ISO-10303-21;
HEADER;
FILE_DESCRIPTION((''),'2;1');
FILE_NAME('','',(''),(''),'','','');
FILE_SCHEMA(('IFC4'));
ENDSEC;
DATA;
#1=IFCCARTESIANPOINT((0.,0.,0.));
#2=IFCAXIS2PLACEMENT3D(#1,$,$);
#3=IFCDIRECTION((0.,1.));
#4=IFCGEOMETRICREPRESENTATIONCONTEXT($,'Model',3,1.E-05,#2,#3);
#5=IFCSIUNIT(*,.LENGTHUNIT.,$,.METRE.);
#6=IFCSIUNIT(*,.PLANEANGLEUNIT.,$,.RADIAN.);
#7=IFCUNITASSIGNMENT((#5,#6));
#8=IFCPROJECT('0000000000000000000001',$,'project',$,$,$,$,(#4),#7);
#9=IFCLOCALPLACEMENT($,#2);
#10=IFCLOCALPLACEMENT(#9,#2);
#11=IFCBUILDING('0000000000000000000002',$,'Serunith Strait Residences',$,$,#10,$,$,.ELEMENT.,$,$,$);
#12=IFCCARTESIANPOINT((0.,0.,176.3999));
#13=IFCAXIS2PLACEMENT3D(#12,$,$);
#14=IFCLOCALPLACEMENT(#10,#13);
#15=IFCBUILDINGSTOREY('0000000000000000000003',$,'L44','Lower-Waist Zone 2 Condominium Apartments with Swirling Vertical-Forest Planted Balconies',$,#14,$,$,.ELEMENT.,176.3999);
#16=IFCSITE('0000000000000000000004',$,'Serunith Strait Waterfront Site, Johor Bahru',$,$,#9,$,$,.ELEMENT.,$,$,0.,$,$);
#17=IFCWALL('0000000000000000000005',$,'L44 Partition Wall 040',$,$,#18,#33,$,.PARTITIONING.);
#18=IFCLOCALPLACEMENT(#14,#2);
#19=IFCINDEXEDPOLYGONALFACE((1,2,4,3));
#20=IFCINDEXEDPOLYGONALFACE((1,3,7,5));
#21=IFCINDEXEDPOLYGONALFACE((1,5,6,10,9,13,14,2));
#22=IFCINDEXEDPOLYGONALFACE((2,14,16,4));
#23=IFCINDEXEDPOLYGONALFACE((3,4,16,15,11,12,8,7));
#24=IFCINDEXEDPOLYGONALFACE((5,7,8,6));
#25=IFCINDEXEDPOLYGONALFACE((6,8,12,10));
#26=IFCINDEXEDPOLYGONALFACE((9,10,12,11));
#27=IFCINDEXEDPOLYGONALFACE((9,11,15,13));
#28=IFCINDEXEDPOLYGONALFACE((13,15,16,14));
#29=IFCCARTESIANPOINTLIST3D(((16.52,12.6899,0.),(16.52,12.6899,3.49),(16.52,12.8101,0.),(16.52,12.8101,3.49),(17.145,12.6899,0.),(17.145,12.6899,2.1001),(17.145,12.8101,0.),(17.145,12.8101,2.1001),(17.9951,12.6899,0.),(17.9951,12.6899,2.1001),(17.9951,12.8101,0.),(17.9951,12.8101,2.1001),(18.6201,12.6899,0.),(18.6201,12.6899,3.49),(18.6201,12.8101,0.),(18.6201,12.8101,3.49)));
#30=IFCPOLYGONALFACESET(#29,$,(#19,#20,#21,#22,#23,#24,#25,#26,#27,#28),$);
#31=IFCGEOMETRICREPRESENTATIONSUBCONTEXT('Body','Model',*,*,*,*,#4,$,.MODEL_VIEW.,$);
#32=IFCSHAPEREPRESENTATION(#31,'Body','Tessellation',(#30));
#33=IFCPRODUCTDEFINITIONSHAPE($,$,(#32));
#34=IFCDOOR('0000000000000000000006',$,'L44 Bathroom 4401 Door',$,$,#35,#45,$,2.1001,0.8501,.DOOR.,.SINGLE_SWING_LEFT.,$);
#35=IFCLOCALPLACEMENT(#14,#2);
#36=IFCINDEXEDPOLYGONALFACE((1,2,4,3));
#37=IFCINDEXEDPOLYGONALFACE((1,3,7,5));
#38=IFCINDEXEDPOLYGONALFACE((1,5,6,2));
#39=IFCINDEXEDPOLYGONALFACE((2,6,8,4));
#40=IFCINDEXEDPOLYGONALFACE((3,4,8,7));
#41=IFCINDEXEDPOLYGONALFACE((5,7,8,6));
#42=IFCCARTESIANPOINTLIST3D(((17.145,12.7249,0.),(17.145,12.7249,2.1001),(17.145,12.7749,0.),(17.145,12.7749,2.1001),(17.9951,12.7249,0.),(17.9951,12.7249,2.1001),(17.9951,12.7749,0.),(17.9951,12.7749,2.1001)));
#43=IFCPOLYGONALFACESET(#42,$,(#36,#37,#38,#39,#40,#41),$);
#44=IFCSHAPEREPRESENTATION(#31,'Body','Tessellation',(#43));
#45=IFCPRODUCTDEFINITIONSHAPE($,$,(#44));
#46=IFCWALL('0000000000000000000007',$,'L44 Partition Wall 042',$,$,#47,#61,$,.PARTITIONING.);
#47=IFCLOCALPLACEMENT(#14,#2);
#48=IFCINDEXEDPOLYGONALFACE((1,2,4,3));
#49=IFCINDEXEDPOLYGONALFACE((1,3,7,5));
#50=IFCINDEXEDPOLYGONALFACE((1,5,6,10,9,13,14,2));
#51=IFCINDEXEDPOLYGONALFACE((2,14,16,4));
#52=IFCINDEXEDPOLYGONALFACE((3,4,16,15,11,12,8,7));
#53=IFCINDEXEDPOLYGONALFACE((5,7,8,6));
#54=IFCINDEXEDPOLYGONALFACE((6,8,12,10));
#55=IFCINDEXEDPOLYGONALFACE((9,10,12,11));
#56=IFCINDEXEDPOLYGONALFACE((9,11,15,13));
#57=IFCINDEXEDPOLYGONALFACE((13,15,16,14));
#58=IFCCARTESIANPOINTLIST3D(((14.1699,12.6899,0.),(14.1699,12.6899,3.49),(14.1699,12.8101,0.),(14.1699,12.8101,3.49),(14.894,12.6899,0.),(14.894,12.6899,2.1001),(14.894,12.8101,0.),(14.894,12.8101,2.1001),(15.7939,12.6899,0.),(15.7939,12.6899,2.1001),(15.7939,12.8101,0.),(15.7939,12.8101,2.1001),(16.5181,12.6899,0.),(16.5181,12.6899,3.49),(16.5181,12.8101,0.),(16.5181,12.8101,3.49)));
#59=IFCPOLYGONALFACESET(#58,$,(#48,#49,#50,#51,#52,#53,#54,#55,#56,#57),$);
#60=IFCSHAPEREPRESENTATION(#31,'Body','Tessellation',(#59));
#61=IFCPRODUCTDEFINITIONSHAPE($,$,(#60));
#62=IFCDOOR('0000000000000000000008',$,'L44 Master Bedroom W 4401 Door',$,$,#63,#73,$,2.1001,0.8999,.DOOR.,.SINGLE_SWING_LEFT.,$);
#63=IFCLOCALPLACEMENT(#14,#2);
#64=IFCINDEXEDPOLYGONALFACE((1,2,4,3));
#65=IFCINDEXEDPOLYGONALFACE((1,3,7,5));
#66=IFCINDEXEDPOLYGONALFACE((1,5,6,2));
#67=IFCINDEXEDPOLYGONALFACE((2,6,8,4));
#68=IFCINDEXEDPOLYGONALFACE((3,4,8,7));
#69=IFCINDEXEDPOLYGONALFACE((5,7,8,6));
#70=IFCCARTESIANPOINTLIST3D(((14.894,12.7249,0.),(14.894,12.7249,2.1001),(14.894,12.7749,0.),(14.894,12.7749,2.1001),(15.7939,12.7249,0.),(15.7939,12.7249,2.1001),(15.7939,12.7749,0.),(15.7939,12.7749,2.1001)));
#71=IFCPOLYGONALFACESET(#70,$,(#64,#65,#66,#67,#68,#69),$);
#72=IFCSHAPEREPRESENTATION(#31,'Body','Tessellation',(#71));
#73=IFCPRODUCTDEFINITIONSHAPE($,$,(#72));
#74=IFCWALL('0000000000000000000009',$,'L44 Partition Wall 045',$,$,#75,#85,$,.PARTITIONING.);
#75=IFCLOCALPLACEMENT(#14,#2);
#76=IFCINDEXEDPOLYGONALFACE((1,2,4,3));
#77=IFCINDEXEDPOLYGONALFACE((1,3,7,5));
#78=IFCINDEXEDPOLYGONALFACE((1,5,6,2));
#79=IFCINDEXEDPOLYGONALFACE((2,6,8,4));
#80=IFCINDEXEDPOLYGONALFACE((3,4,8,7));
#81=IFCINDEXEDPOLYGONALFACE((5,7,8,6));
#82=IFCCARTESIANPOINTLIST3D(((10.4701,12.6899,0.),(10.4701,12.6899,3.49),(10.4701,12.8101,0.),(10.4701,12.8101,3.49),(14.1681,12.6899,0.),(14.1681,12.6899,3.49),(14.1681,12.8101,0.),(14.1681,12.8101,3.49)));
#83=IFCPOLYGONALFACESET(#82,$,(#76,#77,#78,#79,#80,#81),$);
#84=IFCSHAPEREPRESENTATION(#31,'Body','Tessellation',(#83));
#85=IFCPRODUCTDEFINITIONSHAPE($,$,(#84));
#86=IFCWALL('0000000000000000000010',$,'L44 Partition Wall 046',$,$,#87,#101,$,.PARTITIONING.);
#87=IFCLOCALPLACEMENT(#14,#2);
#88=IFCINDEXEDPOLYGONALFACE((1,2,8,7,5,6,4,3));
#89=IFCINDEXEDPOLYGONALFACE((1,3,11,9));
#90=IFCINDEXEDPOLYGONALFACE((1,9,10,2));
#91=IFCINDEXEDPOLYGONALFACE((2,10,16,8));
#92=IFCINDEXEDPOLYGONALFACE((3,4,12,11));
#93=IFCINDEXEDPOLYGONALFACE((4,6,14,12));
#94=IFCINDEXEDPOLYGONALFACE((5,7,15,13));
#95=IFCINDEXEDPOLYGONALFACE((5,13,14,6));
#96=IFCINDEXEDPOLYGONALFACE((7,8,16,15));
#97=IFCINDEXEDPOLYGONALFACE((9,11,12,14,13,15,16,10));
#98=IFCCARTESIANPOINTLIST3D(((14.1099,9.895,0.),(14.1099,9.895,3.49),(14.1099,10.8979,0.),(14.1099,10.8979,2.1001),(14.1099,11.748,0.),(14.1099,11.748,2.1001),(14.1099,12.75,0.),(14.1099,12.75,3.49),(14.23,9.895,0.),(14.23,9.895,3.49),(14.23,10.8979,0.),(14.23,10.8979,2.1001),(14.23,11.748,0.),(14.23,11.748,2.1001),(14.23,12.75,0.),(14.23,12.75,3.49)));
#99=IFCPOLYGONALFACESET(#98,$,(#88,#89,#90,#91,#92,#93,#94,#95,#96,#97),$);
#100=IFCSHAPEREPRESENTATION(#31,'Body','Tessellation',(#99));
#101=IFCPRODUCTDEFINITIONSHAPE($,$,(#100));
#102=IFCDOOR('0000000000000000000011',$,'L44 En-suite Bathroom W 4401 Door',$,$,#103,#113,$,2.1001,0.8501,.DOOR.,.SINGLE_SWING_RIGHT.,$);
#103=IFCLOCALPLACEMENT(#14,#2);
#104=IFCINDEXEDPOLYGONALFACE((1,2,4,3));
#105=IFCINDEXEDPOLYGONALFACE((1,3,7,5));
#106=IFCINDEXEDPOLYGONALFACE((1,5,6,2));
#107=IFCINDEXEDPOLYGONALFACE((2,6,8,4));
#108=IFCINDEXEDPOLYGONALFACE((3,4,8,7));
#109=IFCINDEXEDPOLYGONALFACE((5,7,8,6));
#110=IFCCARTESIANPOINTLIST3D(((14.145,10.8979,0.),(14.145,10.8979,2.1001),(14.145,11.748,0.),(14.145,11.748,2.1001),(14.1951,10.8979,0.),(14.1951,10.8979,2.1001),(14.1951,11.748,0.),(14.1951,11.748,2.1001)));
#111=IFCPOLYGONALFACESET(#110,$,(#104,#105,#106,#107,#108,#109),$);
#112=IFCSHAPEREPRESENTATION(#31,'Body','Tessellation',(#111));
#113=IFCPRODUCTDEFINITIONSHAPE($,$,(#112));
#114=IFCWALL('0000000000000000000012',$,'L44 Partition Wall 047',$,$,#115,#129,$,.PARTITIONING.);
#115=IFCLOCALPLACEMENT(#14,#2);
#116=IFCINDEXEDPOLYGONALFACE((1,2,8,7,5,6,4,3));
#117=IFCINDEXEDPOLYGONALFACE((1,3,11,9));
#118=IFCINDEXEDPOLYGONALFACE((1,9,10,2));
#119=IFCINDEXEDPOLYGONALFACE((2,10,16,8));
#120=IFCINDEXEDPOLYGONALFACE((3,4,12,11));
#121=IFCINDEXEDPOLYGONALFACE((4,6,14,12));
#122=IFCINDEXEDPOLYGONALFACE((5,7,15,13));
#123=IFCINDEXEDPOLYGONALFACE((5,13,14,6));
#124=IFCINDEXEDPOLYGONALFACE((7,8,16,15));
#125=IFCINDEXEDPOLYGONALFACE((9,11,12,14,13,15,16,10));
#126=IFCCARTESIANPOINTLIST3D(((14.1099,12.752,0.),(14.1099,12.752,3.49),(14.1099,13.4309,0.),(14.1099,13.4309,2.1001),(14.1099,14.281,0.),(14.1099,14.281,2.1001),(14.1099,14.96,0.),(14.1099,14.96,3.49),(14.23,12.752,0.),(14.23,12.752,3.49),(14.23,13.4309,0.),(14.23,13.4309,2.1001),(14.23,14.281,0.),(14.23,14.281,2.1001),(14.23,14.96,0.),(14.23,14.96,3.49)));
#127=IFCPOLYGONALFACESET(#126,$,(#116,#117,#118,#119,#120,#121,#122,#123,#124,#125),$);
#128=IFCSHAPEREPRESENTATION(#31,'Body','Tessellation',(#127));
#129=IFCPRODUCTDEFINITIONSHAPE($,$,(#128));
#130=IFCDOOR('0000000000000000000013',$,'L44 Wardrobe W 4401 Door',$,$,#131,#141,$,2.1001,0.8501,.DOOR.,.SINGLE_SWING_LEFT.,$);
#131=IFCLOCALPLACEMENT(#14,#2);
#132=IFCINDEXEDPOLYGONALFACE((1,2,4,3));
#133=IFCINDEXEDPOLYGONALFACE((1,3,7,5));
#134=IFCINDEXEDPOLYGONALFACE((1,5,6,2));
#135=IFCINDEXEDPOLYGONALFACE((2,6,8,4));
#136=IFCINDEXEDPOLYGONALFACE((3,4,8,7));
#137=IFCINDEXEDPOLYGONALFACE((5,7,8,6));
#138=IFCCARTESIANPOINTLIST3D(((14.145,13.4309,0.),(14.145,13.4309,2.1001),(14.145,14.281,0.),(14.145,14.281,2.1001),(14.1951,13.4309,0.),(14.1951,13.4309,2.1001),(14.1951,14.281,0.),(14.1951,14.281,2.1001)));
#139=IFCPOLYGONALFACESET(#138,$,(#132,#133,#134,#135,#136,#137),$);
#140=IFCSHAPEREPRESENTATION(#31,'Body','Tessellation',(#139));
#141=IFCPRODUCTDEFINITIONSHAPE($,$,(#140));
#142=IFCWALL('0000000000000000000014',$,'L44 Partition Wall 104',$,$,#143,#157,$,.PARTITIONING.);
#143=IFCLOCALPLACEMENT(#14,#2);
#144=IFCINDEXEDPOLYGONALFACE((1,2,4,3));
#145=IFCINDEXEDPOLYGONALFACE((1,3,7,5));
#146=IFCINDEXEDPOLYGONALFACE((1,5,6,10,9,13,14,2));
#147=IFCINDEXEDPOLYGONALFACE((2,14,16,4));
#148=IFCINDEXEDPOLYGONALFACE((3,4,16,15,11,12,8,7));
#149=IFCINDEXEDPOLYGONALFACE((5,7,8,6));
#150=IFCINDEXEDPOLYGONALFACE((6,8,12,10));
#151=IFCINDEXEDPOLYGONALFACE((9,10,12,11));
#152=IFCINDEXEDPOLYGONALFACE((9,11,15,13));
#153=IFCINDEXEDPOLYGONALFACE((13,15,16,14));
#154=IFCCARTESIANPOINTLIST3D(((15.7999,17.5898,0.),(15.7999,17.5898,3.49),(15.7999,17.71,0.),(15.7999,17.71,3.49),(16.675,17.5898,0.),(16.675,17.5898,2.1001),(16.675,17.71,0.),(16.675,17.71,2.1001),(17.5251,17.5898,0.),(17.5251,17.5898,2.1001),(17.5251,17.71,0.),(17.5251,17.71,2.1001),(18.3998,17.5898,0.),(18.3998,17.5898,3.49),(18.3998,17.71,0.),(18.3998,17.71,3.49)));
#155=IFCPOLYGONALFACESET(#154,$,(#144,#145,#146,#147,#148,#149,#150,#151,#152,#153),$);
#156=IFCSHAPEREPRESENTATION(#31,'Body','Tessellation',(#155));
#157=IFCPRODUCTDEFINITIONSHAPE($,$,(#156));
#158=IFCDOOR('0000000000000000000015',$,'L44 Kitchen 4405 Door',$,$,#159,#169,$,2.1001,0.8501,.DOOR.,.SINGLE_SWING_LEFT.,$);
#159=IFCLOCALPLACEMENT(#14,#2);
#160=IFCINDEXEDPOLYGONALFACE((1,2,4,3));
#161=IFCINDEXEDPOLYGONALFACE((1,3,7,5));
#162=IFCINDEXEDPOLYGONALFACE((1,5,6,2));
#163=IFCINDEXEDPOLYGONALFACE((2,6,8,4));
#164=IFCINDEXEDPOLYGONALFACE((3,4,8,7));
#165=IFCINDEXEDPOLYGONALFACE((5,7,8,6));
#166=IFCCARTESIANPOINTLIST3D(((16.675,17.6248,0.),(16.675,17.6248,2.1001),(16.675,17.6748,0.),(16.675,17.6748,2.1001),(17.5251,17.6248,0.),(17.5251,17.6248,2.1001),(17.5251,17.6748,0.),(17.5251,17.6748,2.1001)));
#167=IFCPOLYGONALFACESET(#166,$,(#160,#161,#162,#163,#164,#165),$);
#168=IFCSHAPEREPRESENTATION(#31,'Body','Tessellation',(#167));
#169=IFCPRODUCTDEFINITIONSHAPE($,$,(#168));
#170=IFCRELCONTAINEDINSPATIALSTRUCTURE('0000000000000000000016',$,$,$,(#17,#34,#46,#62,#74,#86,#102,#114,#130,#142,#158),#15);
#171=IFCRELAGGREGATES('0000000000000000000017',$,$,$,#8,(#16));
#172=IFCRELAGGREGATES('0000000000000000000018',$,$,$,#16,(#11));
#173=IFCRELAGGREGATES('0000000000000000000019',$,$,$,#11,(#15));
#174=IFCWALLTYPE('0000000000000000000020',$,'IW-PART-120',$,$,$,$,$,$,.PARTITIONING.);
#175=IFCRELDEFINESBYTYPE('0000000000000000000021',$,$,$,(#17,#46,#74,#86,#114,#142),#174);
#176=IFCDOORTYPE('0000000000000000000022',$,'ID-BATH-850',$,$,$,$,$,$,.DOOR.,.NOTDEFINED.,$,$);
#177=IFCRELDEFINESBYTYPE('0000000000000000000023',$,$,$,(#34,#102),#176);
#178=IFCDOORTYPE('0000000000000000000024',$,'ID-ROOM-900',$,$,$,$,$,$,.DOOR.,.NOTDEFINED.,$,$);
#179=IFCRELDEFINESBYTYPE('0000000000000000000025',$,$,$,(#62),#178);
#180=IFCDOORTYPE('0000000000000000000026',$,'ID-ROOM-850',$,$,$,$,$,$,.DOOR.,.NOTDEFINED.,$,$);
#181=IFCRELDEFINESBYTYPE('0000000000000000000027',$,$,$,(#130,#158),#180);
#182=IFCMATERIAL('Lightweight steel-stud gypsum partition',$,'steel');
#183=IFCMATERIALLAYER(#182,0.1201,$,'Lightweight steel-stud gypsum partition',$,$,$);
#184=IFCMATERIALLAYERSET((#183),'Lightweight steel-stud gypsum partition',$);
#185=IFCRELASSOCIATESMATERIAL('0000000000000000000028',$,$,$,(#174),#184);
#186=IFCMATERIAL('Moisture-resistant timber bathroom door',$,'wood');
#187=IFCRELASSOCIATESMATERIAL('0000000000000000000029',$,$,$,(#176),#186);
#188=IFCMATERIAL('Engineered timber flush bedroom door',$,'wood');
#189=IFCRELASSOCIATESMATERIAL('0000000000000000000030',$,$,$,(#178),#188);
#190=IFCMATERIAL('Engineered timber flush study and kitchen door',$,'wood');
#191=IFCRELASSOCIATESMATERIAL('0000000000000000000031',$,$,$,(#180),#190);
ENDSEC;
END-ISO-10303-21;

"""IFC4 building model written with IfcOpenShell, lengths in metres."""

from ifc_helpers import new_model, si_unit, direction, frame, frame_2d, origin, place, context, subcontext, project, spatial, rectangle, extrude, source, transform, mapped, material, layer, layer_set, type_object, element, fill, save


model = new_model("IFC4")

# Units and contexts
model_context = context("Model", 3, precision=1e-05, world=origin(), true_north=direction((0.0, 1.0)))
body_context = subcontext(model_context, "Body", "Model", "MODEL_VIEW")
ifc_project = project(units=[si_unit("LENGTHUNIT", "METRE"), si_unit("PLANEANGLEUNIT", "RADIAN")], contexts=[model_context])

# Site, building, storey
site_placement = place(None, origin())
site = spatial("IfcSite", under=ifc_project, at=site_placement, Name="Serunith Strait Waterfront Site, Johor Bahru", CompositionType="ELEMENT", RefElevation=0.0)
building_placement = place(site_placement, origin())
building = spatial("IfcBuilding", under=site, at=building_placement, Name="Serunith Strait Residences", CompositionType="ELEMENT")
storey_placement = place(building_placement, frame((0.0, 0.0, 176.3999)))
storey = spatial("IfcBuildingStorey", under=building, at=storey_placement, Name="L44", Description="Lower-Waist Zone 2 Condominium Apartments with Swirling Vertical-Forest Planted Balconies", CompositionType="ELEMENT", Elevation=176.3999)

# Walls, openings, doors
ifc_material_1 = material(Name="Lightweight steel-stud gypsum partition", Category="steel")
ifc_layer_1 = layer(ifc_material_1, 0.1201, Name="Lightweight steel-stud gypsum partition")
ifc_layer_set_1 = layer_set([ifc_layer_1], Name="Lightweight steel-stud gypsum partition")
wall_type_1 = type_object("IfcWallType", Name="IW-PART-120", PredefinedType="PARTITIONING", material=ifc_layer_set_1)
wall_1_placement = place(storey_placement, frame((16.52, 12.75, 0.0), z_axis=(0.0, 0.0, 1.0), x_axis=(1.0, 0.0, 0.0)))
wall_1 = element("IfcWall", 1, at=wall_1_placement, inside=storey, type_object=wall_type_1, Name="L44 Partition Wall 040", PredefinedType="PARTITIONING", context=body_context, shape_type="SweptSolid", body=[
    extrude(rectangle(XDim=2.1001, YDim=0.1201, at=frame_2d((1.05, 0.0))), origin(), (0.0, 0.0, 1.0), 3.49),
])
opening_1_placement = place(wall_1_placement, frame((0.625, 0.0, 0.0)))
opening_1 = element("IfcOpeningElement", 2, at=opening_1_placement, cuts=wall_1, PredefinedType="OPENING", context=body_context, shape_type="SweptSolid", body=[
    extrude(rectangle(XDim=0.8501, YDim=2.1001, at=frame_2d((0.425, 1.05))), frame((0.0, 0.0701, 0.0), z_axis=(0.0, -1.0, 0.0), x_axis=(1.0, 0.0, 0.0)), (0.0, 0.0, 1.0), 0.1401),
])
ifc_material_2 = material(Name="Moisture-resistant timber bathroom door", Category="wood")
door_type_1 = type_object("IfcDoorType", Name="ID-BATH-850", OperationType="NOTDEFINED", PredefinedType="DOOR", material=ifc_material_2)
shared_shape_1 = source(origin(), body_context, "Body", "SweptSolid", [
    extrude(rectangle(XDim=0.8501, YDim=2.1001, at=frame_2d((0.425, 1.05))), frame((0.0, 0.0249, 0.0), z_axis=(0.0, -1.0, 0.0), x_axis=(1.0, 0.0, 0.0)), (0.0, 0.0, 1.0), 0.05),
])
door_1_placement = place(opening_1_placement, origin())
door_1 = element("IfcDoor", 3, at=door_1_placement, inside=storey, type_object=door_type_1, Name="L44 Bathroom 4401 Door", OperationType="SINGLE_SWING_LEFT", OverallHeight=2.1001, OverallWidth=0.8501, PredefinedType="DOOR", context=body_context, shape_type="MappedRepresentation", body=[
    mapped(shared_shape_1, transform((0.0, 0.0, 0.0), scale=1.0)),
])
fill(opening_1, door_1)
wall_2_placement = place(storey_placement, frame((14.1699, 12.75, 0.0), z_axis=(0.0, 0.0, 1.0), x_axis=(1.0, 0.0, 0.0)))
wall_2 = element("IfcWall", 4, at=wall_2_placement, inside=storey, type_object=wall_type_1, Name="L44 Partition Wall 042", PredefinedType="PARTITIONING", context=body_context, shape_type="SweptSolid", body=[
    extrude(rectangle(XDim=2.3481, YDim=0.1201, at=frame_2d((1.1741, 0.0))), origin(), (0.0, 0.0, 1.0), 3.49),
])
opening_2_placement = place(wall_2_placement, frame((0.7241, 0.0, 0.0)))
opening_2 = element("IfcOpeningElement", 5, at=opening_2_placement, cuts=wall_2, PredefinedType="OPENING", context=body_context, shape_type="SweptSolid", body=[
    extrude(rectangle(XDim=0.8999, YDim=2.1001, at=frame_2d((0.45, 1.05))), frame((0.0, 0.0701, 0.0), z_axis=(0.0, -1.0, 0.0), x_axis=(1.0, 0.0, 0.0)), (0.0, 0.0, 1.0), 0.1401),
])
ifc_material_3 = material(Name="Engineered timber flush bedroom door", Category="wood")
door_type_2 = type_object("IfcDoorType", Name="ID-ROOM-900", OperationType="NOTDEFINED", PredefinedType="DOOR", material=ifc_material_3)
shared_shape_2 = source(origin(), body_context, "Body", "SweptSolid", [
    extrude(rectangle(XDim=0.8999, YDim=2.1001, at=frame_2d((0.45, 1.05))), frame((0.0, 0.0249, 0.0), z_axis=(0.0, -1.0, 0.0), x_axis=(1.0, 0.0, 0.0)), (0.0, 0.0, 1.0), 0.05),
])
door_2_placement = place(opening_2_placement, origin())
door_2 = element("IfcDoor", 6, at=door_2_placement, inside=storey, type_object=door_type_2, Name="L44 Master Bedroom W 4401 Door", OperationType="SINGLE_SWING_LEFT", OverallHeight=2.1001, OverallWidth=0.8999, PredefinedType="DOOR", context=body_context, shape_type="MappedRepresentation", body=[
    mapped(shared_shape_2, transform((0.0, 0.0, 0.0), scale=1.0)),
])
fill(opening_2, door_2)

# Wall
wall_3_placement = place(storey_placement, frame((10.47, 12.75, 0.0), z_axis=(0.0, 0.0, 1.0), x_axis=(1.0, 0.0, 0.0)))
element("IfcWall", 7, at=wall_3_placement, inside=storey, type_object=wall_type_1, Name="L44 Partition Wall 045", PredefinedType="PARTITIONING", context=body_context, shape_type="SweptSolid", body=[
    extrude(rectangle(XDim=3.698, YDim=0.1201, at=frame_2d((1.8491, 0.0))), origin(), (0.0, 0.0, 1.0), 3.49),
])

# Walls, openings, doors
wall_4_placement = place(storey_placement, frame((14.1699, 9.895, 0.0), z_axis=(0.0, 0.0, 1.0), x_axis=(0.0, 1.0, 0.0)))
wall_4 = element("IfcWall", 8, at=wall_4_placement, inside=storey, type_object=wall_type_1, Name="L44 Partition Wall 046", PredefinedType="PARTITIONING", context=body_context, shape_type="SweptSolid", body=[
    extrude(rectangle(XDim=2.855, YDim=0.1201, at=frame_2d((1.4275, 0.0))), origin(), (0.0, 0.0, 1.0), 3.49),
])
opening_3_placement = place(wall_4_placement, frame((1.0029, 0.0, 0.0)))
opening_3 = element("IfcOpeningElement", 9, at=opening_3_placement, cuts=wall_4, PredefinedType="OPENING", context=body_context, shape_type="SweptSolid", body=[
    extrude(rectangle(XDim=0.8501, YDim=2.1001, at=frame_2d((0.425, 1.05))), frame((0.0, 0.0701, 0.0), z_axis=(0.0, -1.0, 0.0), x_axis=(1.0, 0.0, 0.0)), (0.0, 0.0, 1.0), 0.1401),
])
door_3_placement = place(opening_3_placement, origin())
door_3 = element("IfcDoor", 10, at=door_3_placement, inside=storey, type_object=door_type_1, Name="L44 En-suite Bathroom W 4401 Door", OperationType="SINGLE_SWING_RIGHT", OverallHeight=2.1001, OverallWidth=0.8501, PredefinedType="DOOR", context=body_context, shape_type="MappedRepresentation", body=[
    mapped(shared_shape_1, transform((0.0, 0.0, 0.0), scale=1.0)),
])
fill(opening_3, door_3)
wall_5_placement = place(storey_placement, frame((14.1699, 12.752, 0.0), z_axis=(0.0, 0.0, 1.0), x_axis=(0.0, 1.0, 0.0)))
wall_5 = element("IfcWall", 11, at=wall_5_placement, inside=storey, type_object=wall_type_1, Name="L44 Partition Wall 047", PredefinedType="PARTITIONING", context=body_context, shape_type="SweptSolid", body=[
    extrude(rectangle(XDim=2.208, YDim=0.1201, at=frame_2d((1.104, 0.0))), origin(), (0.0, 0.0, 1.0), 3.49),
])
opening_4_placement = place(wall_5_placement, frame((0.679, 0.0, 0.0)))
opening_4 = element("IfcOpeningElement", 12, at=opening_4_placement, cuts=wall_5, PredefinedType="OPENING", context=body_context, shape_type="SweptSolid", body=[
    extrude(rectangle(XDim=0.8501, YDim=2.1001, at=frame_2d((0.425, 1.05))), frame((0.0, 0.0701, 0.0), z_axis=(0.0, -1.0, 0.0), x_axis=(1.0, 0.0, 0.0)), (0.0, 0.0, 1.0), 0.1401),
])
ifc_material_4 = material(Name="Engineered timber flush study and kitchen door", Category="wood")
door_type_3 = type_object("IfcDoorType", Name="ID-ROOM-850", OperationType="NOTDEFINED", PredefinedType="DOOR", material=ifc_material_4)
door_4_placement = place(opening_4_placement, origin())
door_4 = element("IfcDoor", 13, at=door_4_placement, inside=storey, type_object=door_type_3, Name="L44 Wardrobe W 4401 Door", OperationType="SINGLE_SWING_LEFT", OverallHeight=2.1001, OverallWidth=0.8501, PredefinedType="DOOR", context=body_context, shape_type="MappedRepresentation", body=[
    mapped(shared_shape_1, transform((0.0, 0.0, 0.0), scale=1.0)),
])
fill(opening_4, door_4)
wall_6_placement = place(storey_placement, frame((15.8, 17.6499, 0.0), z_axis=(0.0, 0.0, 1.0), x_axis=(1.0, 0.0, 0.0)))
wall_6 = element("IfcWall", 14, at=wall_6_placement, inside=storey, type_object=wall_type_1, Name="L44 Partition Wall 104", PredefinedType="PARTITIONING", context=body_context, shape_type="SweptSolid", body=[
    extrude(rectangle(XDim=2.5999, YDim=0.1201, at=frame_2d((1.2998, 0.0))), origin(), (0.0, 0.0, 1.0), 3.49),
])
opening_5_placement = place(wall_6_placement, frame((0.875, 0.0, 0.0)))
opening_5 = element("IfcOpeningElement", 15, at=opening_5_placement, cuts=wall_6, PredefinedType="OPENING", context=body_context, shape_type="SweptSolid", body=[
    extrude(rectangle(XDim=0.8501, YDim=2.1001, at=frame_2d((0.425, 1.05))), frame((0.0, 0.0701, 0.0), z_axis=(0.0, -1.0, 0.0), x_axis=(1.0, 0.0, 0.0)), (0.0, 0.0, 1.0), 0.1401),
])
door_5_placement = place(opening_5_placement, origin())
door_5 = element("IfcDoor", 16, at=door_5_placement, inside=storey, type_object=door_type_3, Name="L44 Kitchen 4405 Door", OperationType="SINGLE_SWING_LEFT", OverallHeight=2.1001, OverallWidth=0.8501, PredefinedType="DOOR", context=body_context, shape_type="MappedRepresentation", body=[
    mapped(shared_shape_1, transform((0.0, 0.0, 0.0), scale=1.0)),
])
fill(opening_5, door_5)

save(model, "model.ifc")
